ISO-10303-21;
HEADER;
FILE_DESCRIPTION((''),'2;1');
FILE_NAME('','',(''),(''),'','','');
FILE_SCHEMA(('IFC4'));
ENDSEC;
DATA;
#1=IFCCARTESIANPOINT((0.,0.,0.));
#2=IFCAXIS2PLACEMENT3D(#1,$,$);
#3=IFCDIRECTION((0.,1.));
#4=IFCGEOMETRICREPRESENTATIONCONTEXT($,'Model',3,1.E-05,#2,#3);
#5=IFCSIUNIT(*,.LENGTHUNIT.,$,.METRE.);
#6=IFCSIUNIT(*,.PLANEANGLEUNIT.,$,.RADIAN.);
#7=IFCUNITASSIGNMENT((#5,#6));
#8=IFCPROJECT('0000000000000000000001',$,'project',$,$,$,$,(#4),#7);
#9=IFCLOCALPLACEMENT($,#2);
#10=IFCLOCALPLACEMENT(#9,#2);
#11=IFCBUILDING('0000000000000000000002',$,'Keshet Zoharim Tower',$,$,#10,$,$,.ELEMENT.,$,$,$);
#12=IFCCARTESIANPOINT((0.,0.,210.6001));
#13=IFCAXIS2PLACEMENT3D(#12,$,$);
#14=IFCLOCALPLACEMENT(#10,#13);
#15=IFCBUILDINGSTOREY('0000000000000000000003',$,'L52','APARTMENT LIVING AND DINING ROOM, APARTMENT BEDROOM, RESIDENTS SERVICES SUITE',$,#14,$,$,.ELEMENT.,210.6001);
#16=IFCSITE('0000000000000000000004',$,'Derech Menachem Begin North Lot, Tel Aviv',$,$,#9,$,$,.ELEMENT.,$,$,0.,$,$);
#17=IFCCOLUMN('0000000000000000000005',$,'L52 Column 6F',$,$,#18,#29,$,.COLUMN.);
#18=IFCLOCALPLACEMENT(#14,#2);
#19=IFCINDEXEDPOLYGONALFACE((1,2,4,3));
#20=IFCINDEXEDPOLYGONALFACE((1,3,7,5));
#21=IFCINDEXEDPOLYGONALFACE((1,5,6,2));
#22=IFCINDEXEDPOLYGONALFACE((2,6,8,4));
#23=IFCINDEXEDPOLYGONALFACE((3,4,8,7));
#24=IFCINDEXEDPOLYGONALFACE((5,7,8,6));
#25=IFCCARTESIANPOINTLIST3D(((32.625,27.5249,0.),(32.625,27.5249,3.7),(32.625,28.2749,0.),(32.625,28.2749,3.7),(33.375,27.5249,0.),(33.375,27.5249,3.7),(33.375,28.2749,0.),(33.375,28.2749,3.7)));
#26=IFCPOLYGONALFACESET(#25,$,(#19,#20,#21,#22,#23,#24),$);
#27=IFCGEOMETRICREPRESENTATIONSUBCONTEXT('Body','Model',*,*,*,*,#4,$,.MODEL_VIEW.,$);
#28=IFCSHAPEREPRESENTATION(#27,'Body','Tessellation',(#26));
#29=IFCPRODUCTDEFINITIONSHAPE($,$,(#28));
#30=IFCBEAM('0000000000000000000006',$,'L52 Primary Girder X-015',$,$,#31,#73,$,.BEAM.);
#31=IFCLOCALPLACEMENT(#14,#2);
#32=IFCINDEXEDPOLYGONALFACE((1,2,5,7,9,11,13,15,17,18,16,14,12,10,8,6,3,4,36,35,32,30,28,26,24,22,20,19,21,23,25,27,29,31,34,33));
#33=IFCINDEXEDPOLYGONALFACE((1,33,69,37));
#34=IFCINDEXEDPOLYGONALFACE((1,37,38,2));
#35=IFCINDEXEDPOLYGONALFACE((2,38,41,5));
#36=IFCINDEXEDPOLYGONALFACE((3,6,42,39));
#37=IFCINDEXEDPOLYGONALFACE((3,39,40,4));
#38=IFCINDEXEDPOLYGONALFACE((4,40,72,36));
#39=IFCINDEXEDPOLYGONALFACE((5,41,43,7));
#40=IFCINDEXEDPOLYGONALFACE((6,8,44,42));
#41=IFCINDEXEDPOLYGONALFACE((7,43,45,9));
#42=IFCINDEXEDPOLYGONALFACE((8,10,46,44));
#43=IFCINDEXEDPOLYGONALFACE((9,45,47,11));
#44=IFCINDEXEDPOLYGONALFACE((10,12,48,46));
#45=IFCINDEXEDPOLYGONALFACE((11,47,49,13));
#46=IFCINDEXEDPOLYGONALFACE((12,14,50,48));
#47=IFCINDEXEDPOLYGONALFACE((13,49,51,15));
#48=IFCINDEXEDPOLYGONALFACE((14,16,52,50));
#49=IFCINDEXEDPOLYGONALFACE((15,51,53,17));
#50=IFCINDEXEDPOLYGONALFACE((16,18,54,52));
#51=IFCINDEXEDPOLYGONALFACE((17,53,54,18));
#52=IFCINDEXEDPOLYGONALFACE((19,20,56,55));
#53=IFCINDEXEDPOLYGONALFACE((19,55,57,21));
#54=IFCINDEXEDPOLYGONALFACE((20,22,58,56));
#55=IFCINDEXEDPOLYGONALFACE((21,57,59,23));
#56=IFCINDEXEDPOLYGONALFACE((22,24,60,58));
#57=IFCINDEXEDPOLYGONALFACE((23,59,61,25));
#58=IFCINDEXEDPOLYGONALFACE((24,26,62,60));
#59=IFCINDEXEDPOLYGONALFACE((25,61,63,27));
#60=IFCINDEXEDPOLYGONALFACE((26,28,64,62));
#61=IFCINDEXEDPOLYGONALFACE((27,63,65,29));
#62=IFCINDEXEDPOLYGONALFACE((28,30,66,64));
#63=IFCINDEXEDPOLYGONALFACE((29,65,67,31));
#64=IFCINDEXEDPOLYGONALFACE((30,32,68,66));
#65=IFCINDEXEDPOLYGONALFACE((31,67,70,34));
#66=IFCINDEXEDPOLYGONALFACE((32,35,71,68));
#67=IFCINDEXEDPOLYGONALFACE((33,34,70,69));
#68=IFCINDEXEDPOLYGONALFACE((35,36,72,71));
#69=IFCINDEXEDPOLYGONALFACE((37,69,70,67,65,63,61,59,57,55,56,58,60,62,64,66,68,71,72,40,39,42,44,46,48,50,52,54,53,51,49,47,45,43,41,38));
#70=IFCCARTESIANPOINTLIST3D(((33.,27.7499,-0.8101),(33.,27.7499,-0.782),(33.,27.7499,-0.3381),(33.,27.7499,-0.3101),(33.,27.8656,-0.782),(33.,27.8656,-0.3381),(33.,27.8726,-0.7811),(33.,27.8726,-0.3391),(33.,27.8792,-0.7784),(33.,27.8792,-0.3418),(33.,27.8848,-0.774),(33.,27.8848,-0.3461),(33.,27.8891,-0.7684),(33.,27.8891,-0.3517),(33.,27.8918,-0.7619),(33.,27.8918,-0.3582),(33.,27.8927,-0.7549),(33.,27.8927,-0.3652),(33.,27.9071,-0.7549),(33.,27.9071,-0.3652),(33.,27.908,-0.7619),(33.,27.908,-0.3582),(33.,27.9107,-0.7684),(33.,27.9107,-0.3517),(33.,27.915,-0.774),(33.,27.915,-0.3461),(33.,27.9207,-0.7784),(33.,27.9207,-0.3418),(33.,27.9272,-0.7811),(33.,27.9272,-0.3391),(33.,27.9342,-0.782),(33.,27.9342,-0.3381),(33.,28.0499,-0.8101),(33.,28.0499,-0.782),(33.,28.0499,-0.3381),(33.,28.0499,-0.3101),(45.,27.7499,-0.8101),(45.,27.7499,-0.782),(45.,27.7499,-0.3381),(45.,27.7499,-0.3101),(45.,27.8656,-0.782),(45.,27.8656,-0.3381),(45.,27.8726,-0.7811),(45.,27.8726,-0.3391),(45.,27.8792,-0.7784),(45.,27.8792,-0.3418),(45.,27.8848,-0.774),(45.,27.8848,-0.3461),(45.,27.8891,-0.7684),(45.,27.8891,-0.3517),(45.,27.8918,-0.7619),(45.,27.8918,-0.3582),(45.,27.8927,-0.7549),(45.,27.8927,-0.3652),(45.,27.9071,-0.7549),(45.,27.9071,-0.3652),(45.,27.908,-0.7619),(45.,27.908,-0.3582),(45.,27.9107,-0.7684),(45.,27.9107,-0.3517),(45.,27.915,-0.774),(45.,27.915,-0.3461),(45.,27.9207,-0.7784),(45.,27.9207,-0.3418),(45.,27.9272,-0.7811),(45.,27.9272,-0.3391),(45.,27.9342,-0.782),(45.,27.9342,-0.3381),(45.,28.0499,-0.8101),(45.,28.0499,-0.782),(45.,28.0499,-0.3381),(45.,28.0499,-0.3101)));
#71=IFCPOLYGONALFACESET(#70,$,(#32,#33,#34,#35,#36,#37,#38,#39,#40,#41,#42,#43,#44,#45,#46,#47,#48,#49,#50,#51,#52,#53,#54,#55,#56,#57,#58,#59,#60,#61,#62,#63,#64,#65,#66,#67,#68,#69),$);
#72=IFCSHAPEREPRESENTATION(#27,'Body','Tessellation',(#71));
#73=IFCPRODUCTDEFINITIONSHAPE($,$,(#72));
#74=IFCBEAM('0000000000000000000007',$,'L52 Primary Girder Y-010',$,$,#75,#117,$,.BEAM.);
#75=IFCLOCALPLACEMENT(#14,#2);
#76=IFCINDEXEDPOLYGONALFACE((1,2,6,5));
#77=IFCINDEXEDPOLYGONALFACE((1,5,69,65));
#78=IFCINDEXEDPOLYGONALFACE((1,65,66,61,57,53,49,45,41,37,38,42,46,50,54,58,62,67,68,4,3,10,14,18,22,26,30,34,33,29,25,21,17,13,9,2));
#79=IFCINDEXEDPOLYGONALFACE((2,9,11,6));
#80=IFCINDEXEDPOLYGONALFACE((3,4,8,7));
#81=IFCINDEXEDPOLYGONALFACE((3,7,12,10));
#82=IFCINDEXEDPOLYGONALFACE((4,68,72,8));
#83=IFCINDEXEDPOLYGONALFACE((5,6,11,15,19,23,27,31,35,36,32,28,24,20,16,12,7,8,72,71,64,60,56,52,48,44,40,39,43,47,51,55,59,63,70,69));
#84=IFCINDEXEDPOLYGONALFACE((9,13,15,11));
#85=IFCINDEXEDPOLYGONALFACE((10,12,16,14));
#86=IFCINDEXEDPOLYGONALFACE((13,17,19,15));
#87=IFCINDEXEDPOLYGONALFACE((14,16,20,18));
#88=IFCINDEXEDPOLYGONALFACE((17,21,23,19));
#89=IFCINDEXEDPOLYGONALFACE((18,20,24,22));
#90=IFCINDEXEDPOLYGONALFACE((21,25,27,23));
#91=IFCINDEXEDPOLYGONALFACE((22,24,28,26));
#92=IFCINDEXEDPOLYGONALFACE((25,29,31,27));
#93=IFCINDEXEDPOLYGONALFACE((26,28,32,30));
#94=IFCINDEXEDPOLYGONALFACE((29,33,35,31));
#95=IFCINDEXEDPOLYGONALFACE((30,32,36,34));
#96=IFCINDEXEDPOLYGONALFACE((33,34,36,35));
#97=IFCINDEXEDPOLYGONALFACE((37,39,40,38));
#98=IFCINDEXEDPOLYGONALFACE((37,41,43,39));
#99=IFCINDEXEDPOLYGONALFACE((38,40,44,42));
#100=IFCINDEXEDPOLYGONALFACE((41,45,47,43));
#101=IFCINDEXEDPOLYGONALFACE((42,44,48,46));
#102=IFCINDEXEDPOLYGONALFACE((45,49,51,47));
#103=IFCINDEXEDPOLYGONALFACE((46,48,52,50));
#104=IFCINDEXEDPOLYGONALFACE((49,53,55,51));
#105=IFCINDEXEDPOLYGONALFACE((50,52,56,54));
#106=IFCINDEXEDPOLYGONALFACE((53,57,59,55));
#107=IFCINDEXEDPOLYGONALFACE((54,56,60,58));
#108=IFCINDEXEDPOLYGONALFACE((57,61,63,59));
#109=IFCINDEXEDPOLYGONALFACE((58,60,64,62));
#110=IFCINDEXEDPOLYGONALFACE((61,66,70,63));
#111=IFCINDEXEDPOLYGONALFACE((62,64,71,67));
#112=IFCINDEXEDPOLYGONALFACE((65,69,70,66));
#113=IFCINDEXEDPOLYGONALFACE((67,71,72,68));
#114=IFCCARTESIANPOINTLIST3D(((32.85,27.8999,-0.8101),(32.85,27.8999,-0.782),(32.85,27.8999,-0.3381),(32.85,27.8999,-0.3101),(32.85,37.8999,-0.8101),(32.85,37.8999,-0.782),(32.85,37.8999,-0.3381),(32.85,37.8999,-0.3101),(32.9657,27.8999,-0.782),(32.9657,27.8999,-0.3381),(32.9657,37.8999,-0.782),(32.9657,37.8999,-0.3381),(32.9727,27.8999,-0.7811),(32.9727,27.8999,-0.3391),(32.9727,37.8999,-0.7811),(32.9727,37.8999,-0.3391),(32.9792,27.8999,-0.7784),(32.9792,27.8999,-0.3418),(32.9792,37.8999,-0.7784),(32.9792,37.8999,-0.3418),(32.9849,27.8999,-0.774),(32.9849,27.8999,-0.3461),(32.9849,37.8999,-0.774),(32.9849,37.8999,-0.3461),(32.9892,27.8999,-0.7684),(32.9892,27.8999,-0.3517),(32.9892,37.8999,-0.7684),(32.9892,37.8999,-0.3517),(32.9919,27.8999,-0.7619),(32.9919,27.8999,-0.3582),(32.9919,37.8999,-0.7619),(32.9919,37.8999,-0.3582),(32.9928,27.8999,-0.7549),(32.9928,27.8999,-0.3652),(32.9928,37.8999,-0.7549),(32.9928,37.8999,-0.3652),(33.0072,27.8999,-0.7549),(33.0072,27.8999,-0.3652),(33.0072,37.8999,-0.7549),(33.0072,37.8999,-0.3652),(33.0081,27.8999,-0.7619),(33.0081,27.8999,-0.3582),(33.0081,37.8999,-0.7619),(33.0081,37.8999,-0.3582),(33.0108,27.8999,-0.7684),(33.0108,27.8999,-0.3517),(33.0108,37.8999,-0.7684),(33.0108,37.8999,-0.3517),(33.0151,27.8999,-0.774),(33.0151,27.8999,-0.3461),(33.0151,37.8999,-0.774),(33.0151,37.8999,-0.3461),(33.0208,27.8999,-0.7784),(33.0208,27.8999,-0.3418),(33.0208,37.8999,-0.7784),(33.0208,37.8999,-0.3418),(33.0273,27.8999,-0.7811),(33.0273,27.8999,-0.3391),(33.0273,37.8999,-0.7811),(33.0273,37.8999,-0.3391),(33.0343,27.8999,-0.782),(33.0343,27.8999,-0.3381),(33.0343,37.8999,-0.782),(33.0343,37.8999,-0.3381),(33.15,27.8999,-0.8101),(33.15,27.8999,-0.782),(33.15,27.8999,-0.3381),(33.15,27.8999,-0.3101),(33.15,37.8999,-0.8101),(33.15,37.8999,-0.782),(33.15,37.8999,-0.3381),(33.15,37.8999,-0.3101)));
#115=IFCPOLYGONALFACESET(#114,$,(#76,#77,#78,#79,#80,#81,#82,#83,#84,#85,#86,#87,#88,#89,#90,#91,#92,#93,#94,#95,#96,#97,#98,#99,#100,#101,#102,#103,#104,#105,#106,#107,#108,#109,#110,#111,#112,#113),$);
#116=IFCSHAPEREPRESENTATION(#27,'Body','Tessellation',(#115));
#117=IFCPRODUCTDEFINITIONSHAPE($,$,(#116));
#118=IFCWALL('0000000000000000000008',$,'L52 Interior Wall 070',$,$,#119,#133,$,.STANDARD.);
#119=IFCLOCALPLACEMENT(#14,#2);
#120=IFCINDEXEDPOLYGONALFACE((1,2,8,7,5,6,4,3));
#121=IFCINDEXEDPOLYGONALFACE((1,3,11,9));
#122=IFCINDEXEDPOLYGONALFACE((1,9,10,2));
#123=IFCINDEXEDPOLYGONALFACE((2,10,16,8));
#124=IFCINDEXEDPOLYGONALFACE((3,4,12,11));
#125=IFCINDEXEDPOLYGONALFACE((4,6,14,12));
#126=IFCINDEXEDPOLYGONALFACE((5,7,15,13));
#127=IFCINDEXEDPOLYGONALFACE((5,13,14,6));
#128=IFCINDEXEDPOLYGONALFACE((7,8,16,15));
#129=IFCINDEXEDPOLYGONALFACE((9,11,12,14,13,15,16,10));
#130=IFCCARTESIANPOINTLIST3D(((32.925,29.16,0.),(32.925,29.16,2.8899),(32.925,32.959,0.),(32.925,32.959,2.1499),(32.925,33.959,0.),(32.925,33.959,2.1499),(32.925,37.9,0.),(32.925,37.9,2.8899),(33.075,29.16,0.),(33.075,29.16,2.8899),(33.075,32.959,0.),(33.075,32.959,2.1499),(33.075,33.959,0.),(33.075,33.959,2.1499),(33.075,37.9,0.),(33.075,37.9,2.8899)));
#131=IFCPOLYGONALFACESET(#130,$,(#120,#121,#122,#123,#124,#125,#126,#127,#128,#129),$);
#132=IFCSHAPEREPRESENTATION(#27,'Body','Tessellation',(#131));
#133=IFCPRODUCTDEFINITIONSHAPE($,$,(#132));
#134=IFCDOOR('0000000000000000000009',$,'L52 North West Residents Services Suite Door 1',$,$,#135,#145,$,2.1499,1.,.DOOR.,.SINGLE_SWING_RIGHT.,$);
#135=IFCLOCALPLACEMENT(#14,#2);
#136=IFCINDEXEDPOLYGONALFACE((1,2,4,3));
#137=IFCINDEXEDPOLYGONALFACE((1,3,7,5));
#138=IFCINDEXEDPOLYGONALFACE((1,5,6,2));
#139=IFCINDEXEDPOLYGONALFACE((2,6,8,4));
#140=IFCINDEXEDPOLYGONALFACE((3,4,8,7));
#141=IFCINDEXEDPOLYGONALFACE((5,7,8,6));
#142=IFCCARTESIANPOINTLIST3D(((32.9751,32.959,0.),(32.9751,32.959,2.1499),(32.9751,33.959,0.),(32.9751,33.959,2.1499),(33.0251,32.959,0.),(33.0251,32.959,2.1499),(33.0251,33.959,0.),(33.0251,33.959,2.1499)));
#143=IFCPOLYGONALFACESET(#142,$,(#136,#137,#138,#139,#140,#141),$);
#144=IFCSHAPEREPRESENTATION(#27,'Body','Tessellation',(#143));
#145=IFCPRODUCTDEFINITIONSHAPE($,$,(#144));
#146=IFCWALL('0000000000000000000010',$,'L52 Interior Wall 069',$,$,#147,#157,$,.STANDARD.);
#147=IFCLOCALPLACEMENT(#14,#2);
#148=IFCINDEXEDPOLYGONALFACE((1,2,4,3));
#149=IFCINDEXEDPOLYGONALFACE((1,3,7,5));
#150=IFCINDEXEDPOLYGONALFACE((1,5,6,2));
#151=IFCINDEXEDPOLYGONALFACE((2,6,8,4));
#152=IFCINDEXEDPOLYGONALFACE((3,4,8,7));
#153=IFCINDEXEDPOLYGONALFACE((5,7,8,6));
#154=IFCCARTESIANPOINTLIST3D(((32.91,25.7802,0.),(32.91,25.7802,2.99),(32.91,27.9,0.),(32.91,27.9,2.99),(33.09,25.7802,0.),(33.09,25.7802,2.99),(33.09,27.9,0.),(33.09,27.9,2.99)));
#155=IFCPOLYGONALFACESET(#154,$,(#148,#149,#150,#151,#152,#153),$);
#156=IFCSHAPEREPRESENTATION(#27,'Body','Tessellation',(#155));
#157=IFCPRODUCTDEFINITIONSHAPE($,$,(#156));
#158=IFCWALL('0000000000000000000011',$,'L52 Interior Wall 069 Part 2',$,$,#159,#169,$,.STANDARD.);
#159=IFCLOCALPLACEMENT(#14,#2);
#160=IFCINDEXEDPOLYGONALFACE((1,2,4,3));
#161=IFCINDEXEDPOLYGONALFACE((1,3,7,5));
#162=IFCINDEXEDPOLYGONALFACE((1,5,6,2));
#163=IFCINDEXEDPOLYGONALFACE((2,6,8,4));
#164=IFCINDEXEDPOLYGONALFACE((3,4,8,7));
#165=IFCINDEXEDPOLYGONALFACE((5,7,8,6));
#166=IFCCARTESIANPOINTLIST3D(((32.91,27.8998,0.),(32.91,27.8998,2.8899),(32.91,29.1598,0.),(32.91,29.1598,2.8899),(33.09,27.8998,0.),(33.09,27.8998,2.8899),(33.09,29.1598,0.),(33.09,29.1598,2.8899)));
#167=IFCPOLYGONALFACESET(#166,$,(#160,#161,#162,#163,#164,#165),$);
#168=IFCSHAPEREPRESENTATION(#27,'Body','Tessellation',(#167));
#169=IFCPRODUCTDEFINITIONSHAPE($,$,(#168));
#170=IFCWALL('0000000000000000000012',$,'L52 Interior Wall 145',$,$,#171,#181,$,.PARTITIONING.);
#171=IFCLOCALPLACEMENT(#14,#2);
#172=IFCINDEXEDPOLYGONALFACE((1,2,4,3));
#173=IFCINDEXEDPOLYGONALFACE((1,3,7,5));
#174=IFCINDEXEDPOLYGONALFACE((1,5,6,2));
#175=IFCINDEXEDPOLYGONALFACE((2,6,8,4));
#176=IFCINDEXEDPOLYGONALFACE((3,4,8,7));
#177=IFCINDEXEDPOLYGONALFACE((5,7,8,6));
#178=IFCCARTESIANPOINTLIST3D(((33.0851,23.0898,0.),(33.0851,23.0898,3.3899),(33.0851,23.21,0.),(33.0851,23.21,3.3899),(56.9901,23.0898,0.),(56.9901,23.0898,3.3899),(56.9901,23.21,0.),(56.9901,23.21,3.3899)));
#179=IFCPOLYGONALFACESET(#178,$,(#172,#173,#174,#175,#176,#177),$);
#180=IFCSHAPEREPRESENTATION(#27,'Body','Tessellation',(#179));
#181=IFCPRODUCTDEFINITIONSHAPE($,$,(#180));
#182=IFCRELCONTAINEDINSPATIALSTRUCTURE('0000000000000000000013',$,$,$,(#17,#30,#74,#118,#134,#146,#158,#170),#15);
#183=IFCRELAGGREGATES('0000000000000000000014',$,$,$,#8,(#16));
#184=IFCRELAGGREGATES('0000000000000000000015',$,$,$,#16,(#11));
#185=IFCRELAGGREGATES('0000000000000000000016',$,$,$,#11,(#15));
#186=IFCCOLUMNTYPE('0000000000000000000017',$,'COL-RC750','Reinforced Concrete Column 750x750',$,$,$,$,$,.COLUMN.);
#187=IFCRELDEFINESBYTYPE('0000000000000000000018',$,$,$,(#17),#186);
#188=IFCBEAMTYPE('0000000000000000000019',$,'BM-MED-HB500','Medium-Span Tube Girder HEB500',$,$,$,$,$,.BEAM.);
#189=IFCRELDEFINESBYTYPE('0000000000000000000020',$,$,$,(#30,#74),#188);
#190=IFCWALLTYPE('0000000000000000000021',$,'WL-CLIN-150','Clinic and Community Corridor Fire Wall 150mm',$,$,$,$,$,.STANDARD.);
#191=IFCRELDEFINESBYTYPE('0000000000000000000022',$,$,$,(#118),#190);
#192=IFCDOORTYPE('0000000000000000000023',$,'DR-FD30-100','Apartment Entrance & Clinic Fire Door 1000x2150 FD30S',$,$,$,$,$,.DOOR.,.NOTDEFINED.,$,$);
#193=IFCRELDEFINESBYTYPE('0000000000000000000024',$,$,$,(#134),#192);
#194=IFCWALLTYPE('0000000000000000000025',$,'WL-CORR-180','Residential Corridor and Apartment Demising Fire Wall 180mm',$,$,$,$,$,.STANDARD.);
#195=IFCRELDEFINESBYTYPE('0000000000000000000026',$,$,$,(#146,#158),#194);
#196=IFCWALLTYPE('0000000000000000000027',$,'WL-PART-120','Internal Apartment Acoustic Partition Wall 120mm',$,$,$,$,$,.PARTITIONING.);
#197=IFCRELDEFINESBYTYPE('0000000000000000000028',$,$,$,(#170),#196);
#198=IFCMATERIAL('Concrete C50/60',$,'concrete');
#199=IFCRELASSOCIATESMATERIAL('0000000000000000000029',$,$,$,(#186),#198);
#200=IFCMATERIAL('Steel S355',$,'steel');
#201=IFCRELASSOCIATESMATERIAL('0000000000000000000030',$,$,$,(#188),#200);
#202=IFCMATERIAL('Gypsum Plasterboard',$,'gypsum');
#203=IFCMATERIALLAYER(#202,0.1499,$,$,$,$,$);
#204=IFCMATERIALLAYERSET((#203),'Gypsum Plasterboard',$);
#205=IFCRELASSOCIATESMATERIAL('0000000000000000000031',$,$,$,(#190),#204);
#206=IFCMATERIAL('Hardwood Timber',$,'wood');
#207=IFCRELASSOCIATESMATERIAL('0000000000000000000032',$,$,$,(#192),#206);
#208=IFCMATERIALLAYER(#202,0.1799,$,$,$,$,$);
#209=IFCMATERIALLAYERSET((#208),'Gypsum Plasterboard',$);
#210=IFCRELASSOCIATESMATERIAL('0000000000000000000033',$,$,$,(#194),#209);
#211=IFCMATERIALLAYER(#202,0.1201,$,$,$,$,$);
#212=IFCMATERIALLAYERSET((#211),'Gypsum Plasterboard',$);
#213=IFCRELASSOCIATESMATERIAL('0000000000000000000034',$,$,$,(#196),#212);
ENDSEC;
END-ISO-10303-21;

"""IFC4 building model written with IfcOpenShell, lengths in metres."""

from ifc_helpers import new_model, si_unit, direction, frame, frame_2d, origin, origin_2d, place, context, subcontext, project, spatial, rectangle, i_section, extrude, material, layer, layer_set, material_profile, profile_set, type_object, element, fill, save


model = new_model("IFC4")

# Units and contexts
model_context = context("Model", 3, precision=1e-05, world=origin(), true_north=direction((0.0, 1.0)))
body_context = subcontext(model_context, "Body", "Model", "MODEL_VIEW")
ifc_project = project(units=[si_unit("LENGTHUNIT", "METRE"), si_unit("PLANEANGLEUNIT", "RADIAN")], contexts=[model_context])

# Site, building, storey
site_placement = place(None, origin())
site = spatial("IfcSite", under=ifc_project, at=site_placement, Name="Derech Menachem Begin North Lot, Tel Aviv", CompositionType="ELEMENT", RefElevation=0.0)
building_placement = place(site_placement, origin())
building = spatial("IfcBuilding", under=site, at=building_placement, Name="Keshet Zoharim Tower", CompositionType="ELEMENT")
storey_placement = place(building_placement, frame((0.0, 0.0, 210.6001)))
storey = spatial("IfcBuildingStorey", under=building, at=storey_placement, Name="L52", Description="APARTMENT LIVING AND DINING ROOM, APARTMENT BEDROOM, RESIDENTS SERVICES SUITE", CompositionType="ELEMENT", Elevation=210.6001)

# Column
ifc_material_1 = material(Name="Concrete C50/60", Category="concrete")
ifc_material_profile_1 = material_profile(ifc_material_1, rectangle(XDim=0.75, YDim=0.75, at=origin_2d()), Name="RC750x750")
ifc_profile_set_1 = profile_set([ifc_material_profile_1], Name="Concrete C50/60")
column_type = type_object("IfcColumnType", Name="COL-RC750", Description="Reinforced Concrete Column 750x750", PredefinedType="COLUMN", material=ifc_profile_set_1)
column_placement = place(storey_placement, frame((33.0, 27.8999, 0.0), z_axis=(0.0, 0.0, 1.0), x_axis=(1.0, 0.0, 0.0)))
element("IfcColumn", 1, at=column_placement, inside=storey, type_object=column_type, Name="L52 Column 6F", PredefinedType="COLUMN", context=body_context, shape_type="SweptSolid", body=[
    extrude(rectangle(XDim=0.75, YDim=0.75, at=origin_2d()), origin(), (0.0, 0.0, 1.0), 3.7),
])

# Beams
ifc_material_2 = material(Name="Steel S355", Category="steel")
ifc_material_profile_2 = material_profile(ifc_material_2, i_section(OverallWidth=0.3, OverallDepth=0.5, WebThickness=0.0144, FlangeThickness=0.0281, FilletRadius=0.0271, at=origin_2d()), Name="HEB500")
ifc_profile_set_2 = profile_set([ifc_material_profile_2], Name="Steel S355")
beam_type = type_object("IfcBeamType", Name="BM-MED-HB500", Description="Medium-Span Tube Girder HEB500", PredefinedType="BEAM", material=ifc_profile_set_2)
beam_1_placement = place(storey_placement, frame((33.0, 27.8999, -0.5601), z_axis=(1.0, 0.0, 0.0), x_axis=(0.0, 1.0, 0.0)))
element("IfcBeam", 2, at=beam_1_placement, inside=storey, type_object=beam_type, Name="L52 Primary Girder X-015", PredefinedType="BEAM", context=body_context, shape_type="SweptSolid", body=[
    extrude(i_section(OverallWidth=0.3, OverallDepth=0.5, WebThickness=0.0144, FlangeThickness=0.0281, FilletRadius=0.0271, at=origin_2d()), origin(), (0.0, 0.0, 1.0), 12.0),
])
beam_2_placement = place(storey_placement, frame((33.0, 27.8999, -0.5601), z_axis=(0.0, 1.0, 0.0), x_axis=(-1.0, 0.0, 0.0)))
element("IfcBeam", 3, at=beam_2_placement, inside=storey, type_object=beam_type, Name="L52 Primary Girder Y-010", PredefinedType="BEAM", context=body_context, shape_type="SweptSolid", body=[
    extrude(i_section(OverallWidth=0.3, OverallDepth=0.5, WebThickness=0.0144, FlangeThickness=0.0281, FilletRadius=0.0271, at=origin_2d()), origin(), (0.0, 0.0, 1.0), 10.0),
])

# Wall, opening, door
ifc_material_3 = material(Name="Gypsum Plasterboard", Category="gypsum")
ifc_layer_1 = layer(ifc_material_3, 0.1499)
ifc_layer_set_1 = layer_set([ifc_layer_1], Name="Gypsum Plasterboard")
wall_type_1 = type_object("IfcWallType", Name="WL-CLIN-150", Description="Clinic and Community Corridor Fire Wall 150mm", PredefinedType="STANDARD", material=ifc_layer_set_1)
wall_1_placement = place(storey_placement, frame((33.0, 29.1599, 0.0), z_axis=(0.0, 0.0, 1.0), x_axis=(0.0, 1.0, 0.0)))
wall_1 = element("IfcWall", 4, at=wall_1_placement, inside=storey, type_object=wall_type_1, Name="L52 Interior Wall 070", PredefinedType="STANDARD", context=body_context, shape_type="SweptSolid", body=[
    extrude(rectangle(XDim=8.74, YDim=0.1499, at=frame_2d((4.3701, 0.0))), origin(), (0.0, 0.0, 1.0), 2.8899),
])
opening_1_placement = place(wall_1_placement, frame((3.7991, 0.0, 0.0)))
opening_1 = element("IfcOpeningElement", 5, at=opening_1_placement, cuts=wall_1, PredefinedType="OPENING", context=body_context, shape_type="SweptSolid", body=[
    extrude(rectangle(XDim=1.0, YDim=2.1499, at=frame_2d((0.5, 1.075))), frame((0.0, 0.085, 0.0), z_axis=(0.0, -1.0, 0.0), x_axis=(1.0, 0.0, 0.0)), (0.0, 0.0, 1.0), 0.1699),
])
ifc_material_4 = material(Name="Hardwood Timber", Category="wood")
door_type_1 = type_object("IfcDoorType", Name="DR-FD30-100", Description="Apartment Entrance & Clinic Fire Door 1000x2150 FD30S", OperationType="NOTDEFINED", PredefinedType="DOOR", material=ifc_material_4)
door_1_placement = place(opening_1_placement, origin())
door_1 = element("IfcDoor", 6, at=door_1_placement, inside=storey, type_object=door_type_1, Name="L52 North West Residents Services Suite Door 1", OperationType="SINGLE_SWING_RIGHT", OverallHeight=2.1499, OverallWidth=1.0, PredefinedType="DOOR", context=body_context, shape_type="SweptSolid", body=[
    extrude(rectangle(XDim=1.0, YDim=2.1499, at=frame_2d((0.5, 1.075))), frame((0.0, 0.0249, 0.0), z_axis=(0.0, -1.0, 0.0), x_axis=(1.0, 0.0, 0.0)), (0.0, 0.0, 1.0), 0.05),
])
fill(opening_1, door_1)

# Walls
ifc_layer_2 = layer(ifc_material_3, 0.1799)
ifc_layer_set_2 = layer_set([ifc_layer_2], Name="Gypsum Plasterboard")
wall_type_2 = type_object("IfcWallType", Name="WL-CORR-180", Description="Residential Corridor and Apartment Demising Fire Wall 180mm", PredefinedType="STANDARD", material=ifc_layer_set_2)
wall_2_placement = place(storey_placement, frame((33.0, 25.78, 0.0), z_axis=(0.0, 0.0, 1.0), x_axis=(0.0, 1.0, 0.0)))
element("IfcWall", 7, at=wall_2_placement, inside=storey, type_object=wall_type_2, Name="L52 Interior Wall 069", PredefinedType="STANDARD", context=body_context, shape_type="SweptSolid", body=[
    extrude(rectangle(XDim=2.1199, YDim=0.1799, at=frame_2d((1.0601, 0.0))), origin(), (0.0, 0.0, 1.0), 2.99),
])
wall_3_placement = place(storey_placement, frame((33.0, 27.8999, 0.0), z_axis=(0.0, 0.0, 1.0), x_axis=(0.0, 1.0, 0.0)))
element("IfcWall", 8, at=wall_3_placement, inside=storey, type_object=wall_type_2, Name="L52 Interior Wall 069 Part 2", PredefinedType="STANDARD", context=body_context, shape_type="SweptSolid", body=[
    extrude(rectangle(XDim=1.26, YDim=0.1799, at=frame_2d((0.6299, 0.0))), origin(), (0.0, 0.0, 1.0), 2.8899),
])
ifc_layer_3 = layer(ifc_material_3, 0.1201)
ifc_layer_set_3 = layer_set([ifc_layer_3], Name="Gypsum Plasterboard")
wall_type_3 = type_object("IfcWallType", Name="WL-PART-120", Description="Internal Apartment Acoustic Partition Wall 120mm", PredefinedType="PARTITIONING", material=ifc_layer_set_3)
wall_4_placement = place(storey_placement, frame((33.085, 23.1499, 0.0), z_axis=(0.0, 0.0, 1.0), x_axis=(1.0, 0.0, 0.0)))
element("IfcWall", 9, at=wall_4_placement, inside=storey, type_object=wall_type_3, Name="L52 Interior Wall 145", PredefinedType="PARTITIONING", context=body_context, shape_type="SweptSolid", body=[
    extrude(rectangle(XDim=23.905, YDim=0.1201, at=frame_2d((11.9526, 0.0))), origin(), (0.0, 0.0, 1.0), 3.3899),
])

save(model, "model.ifc")
